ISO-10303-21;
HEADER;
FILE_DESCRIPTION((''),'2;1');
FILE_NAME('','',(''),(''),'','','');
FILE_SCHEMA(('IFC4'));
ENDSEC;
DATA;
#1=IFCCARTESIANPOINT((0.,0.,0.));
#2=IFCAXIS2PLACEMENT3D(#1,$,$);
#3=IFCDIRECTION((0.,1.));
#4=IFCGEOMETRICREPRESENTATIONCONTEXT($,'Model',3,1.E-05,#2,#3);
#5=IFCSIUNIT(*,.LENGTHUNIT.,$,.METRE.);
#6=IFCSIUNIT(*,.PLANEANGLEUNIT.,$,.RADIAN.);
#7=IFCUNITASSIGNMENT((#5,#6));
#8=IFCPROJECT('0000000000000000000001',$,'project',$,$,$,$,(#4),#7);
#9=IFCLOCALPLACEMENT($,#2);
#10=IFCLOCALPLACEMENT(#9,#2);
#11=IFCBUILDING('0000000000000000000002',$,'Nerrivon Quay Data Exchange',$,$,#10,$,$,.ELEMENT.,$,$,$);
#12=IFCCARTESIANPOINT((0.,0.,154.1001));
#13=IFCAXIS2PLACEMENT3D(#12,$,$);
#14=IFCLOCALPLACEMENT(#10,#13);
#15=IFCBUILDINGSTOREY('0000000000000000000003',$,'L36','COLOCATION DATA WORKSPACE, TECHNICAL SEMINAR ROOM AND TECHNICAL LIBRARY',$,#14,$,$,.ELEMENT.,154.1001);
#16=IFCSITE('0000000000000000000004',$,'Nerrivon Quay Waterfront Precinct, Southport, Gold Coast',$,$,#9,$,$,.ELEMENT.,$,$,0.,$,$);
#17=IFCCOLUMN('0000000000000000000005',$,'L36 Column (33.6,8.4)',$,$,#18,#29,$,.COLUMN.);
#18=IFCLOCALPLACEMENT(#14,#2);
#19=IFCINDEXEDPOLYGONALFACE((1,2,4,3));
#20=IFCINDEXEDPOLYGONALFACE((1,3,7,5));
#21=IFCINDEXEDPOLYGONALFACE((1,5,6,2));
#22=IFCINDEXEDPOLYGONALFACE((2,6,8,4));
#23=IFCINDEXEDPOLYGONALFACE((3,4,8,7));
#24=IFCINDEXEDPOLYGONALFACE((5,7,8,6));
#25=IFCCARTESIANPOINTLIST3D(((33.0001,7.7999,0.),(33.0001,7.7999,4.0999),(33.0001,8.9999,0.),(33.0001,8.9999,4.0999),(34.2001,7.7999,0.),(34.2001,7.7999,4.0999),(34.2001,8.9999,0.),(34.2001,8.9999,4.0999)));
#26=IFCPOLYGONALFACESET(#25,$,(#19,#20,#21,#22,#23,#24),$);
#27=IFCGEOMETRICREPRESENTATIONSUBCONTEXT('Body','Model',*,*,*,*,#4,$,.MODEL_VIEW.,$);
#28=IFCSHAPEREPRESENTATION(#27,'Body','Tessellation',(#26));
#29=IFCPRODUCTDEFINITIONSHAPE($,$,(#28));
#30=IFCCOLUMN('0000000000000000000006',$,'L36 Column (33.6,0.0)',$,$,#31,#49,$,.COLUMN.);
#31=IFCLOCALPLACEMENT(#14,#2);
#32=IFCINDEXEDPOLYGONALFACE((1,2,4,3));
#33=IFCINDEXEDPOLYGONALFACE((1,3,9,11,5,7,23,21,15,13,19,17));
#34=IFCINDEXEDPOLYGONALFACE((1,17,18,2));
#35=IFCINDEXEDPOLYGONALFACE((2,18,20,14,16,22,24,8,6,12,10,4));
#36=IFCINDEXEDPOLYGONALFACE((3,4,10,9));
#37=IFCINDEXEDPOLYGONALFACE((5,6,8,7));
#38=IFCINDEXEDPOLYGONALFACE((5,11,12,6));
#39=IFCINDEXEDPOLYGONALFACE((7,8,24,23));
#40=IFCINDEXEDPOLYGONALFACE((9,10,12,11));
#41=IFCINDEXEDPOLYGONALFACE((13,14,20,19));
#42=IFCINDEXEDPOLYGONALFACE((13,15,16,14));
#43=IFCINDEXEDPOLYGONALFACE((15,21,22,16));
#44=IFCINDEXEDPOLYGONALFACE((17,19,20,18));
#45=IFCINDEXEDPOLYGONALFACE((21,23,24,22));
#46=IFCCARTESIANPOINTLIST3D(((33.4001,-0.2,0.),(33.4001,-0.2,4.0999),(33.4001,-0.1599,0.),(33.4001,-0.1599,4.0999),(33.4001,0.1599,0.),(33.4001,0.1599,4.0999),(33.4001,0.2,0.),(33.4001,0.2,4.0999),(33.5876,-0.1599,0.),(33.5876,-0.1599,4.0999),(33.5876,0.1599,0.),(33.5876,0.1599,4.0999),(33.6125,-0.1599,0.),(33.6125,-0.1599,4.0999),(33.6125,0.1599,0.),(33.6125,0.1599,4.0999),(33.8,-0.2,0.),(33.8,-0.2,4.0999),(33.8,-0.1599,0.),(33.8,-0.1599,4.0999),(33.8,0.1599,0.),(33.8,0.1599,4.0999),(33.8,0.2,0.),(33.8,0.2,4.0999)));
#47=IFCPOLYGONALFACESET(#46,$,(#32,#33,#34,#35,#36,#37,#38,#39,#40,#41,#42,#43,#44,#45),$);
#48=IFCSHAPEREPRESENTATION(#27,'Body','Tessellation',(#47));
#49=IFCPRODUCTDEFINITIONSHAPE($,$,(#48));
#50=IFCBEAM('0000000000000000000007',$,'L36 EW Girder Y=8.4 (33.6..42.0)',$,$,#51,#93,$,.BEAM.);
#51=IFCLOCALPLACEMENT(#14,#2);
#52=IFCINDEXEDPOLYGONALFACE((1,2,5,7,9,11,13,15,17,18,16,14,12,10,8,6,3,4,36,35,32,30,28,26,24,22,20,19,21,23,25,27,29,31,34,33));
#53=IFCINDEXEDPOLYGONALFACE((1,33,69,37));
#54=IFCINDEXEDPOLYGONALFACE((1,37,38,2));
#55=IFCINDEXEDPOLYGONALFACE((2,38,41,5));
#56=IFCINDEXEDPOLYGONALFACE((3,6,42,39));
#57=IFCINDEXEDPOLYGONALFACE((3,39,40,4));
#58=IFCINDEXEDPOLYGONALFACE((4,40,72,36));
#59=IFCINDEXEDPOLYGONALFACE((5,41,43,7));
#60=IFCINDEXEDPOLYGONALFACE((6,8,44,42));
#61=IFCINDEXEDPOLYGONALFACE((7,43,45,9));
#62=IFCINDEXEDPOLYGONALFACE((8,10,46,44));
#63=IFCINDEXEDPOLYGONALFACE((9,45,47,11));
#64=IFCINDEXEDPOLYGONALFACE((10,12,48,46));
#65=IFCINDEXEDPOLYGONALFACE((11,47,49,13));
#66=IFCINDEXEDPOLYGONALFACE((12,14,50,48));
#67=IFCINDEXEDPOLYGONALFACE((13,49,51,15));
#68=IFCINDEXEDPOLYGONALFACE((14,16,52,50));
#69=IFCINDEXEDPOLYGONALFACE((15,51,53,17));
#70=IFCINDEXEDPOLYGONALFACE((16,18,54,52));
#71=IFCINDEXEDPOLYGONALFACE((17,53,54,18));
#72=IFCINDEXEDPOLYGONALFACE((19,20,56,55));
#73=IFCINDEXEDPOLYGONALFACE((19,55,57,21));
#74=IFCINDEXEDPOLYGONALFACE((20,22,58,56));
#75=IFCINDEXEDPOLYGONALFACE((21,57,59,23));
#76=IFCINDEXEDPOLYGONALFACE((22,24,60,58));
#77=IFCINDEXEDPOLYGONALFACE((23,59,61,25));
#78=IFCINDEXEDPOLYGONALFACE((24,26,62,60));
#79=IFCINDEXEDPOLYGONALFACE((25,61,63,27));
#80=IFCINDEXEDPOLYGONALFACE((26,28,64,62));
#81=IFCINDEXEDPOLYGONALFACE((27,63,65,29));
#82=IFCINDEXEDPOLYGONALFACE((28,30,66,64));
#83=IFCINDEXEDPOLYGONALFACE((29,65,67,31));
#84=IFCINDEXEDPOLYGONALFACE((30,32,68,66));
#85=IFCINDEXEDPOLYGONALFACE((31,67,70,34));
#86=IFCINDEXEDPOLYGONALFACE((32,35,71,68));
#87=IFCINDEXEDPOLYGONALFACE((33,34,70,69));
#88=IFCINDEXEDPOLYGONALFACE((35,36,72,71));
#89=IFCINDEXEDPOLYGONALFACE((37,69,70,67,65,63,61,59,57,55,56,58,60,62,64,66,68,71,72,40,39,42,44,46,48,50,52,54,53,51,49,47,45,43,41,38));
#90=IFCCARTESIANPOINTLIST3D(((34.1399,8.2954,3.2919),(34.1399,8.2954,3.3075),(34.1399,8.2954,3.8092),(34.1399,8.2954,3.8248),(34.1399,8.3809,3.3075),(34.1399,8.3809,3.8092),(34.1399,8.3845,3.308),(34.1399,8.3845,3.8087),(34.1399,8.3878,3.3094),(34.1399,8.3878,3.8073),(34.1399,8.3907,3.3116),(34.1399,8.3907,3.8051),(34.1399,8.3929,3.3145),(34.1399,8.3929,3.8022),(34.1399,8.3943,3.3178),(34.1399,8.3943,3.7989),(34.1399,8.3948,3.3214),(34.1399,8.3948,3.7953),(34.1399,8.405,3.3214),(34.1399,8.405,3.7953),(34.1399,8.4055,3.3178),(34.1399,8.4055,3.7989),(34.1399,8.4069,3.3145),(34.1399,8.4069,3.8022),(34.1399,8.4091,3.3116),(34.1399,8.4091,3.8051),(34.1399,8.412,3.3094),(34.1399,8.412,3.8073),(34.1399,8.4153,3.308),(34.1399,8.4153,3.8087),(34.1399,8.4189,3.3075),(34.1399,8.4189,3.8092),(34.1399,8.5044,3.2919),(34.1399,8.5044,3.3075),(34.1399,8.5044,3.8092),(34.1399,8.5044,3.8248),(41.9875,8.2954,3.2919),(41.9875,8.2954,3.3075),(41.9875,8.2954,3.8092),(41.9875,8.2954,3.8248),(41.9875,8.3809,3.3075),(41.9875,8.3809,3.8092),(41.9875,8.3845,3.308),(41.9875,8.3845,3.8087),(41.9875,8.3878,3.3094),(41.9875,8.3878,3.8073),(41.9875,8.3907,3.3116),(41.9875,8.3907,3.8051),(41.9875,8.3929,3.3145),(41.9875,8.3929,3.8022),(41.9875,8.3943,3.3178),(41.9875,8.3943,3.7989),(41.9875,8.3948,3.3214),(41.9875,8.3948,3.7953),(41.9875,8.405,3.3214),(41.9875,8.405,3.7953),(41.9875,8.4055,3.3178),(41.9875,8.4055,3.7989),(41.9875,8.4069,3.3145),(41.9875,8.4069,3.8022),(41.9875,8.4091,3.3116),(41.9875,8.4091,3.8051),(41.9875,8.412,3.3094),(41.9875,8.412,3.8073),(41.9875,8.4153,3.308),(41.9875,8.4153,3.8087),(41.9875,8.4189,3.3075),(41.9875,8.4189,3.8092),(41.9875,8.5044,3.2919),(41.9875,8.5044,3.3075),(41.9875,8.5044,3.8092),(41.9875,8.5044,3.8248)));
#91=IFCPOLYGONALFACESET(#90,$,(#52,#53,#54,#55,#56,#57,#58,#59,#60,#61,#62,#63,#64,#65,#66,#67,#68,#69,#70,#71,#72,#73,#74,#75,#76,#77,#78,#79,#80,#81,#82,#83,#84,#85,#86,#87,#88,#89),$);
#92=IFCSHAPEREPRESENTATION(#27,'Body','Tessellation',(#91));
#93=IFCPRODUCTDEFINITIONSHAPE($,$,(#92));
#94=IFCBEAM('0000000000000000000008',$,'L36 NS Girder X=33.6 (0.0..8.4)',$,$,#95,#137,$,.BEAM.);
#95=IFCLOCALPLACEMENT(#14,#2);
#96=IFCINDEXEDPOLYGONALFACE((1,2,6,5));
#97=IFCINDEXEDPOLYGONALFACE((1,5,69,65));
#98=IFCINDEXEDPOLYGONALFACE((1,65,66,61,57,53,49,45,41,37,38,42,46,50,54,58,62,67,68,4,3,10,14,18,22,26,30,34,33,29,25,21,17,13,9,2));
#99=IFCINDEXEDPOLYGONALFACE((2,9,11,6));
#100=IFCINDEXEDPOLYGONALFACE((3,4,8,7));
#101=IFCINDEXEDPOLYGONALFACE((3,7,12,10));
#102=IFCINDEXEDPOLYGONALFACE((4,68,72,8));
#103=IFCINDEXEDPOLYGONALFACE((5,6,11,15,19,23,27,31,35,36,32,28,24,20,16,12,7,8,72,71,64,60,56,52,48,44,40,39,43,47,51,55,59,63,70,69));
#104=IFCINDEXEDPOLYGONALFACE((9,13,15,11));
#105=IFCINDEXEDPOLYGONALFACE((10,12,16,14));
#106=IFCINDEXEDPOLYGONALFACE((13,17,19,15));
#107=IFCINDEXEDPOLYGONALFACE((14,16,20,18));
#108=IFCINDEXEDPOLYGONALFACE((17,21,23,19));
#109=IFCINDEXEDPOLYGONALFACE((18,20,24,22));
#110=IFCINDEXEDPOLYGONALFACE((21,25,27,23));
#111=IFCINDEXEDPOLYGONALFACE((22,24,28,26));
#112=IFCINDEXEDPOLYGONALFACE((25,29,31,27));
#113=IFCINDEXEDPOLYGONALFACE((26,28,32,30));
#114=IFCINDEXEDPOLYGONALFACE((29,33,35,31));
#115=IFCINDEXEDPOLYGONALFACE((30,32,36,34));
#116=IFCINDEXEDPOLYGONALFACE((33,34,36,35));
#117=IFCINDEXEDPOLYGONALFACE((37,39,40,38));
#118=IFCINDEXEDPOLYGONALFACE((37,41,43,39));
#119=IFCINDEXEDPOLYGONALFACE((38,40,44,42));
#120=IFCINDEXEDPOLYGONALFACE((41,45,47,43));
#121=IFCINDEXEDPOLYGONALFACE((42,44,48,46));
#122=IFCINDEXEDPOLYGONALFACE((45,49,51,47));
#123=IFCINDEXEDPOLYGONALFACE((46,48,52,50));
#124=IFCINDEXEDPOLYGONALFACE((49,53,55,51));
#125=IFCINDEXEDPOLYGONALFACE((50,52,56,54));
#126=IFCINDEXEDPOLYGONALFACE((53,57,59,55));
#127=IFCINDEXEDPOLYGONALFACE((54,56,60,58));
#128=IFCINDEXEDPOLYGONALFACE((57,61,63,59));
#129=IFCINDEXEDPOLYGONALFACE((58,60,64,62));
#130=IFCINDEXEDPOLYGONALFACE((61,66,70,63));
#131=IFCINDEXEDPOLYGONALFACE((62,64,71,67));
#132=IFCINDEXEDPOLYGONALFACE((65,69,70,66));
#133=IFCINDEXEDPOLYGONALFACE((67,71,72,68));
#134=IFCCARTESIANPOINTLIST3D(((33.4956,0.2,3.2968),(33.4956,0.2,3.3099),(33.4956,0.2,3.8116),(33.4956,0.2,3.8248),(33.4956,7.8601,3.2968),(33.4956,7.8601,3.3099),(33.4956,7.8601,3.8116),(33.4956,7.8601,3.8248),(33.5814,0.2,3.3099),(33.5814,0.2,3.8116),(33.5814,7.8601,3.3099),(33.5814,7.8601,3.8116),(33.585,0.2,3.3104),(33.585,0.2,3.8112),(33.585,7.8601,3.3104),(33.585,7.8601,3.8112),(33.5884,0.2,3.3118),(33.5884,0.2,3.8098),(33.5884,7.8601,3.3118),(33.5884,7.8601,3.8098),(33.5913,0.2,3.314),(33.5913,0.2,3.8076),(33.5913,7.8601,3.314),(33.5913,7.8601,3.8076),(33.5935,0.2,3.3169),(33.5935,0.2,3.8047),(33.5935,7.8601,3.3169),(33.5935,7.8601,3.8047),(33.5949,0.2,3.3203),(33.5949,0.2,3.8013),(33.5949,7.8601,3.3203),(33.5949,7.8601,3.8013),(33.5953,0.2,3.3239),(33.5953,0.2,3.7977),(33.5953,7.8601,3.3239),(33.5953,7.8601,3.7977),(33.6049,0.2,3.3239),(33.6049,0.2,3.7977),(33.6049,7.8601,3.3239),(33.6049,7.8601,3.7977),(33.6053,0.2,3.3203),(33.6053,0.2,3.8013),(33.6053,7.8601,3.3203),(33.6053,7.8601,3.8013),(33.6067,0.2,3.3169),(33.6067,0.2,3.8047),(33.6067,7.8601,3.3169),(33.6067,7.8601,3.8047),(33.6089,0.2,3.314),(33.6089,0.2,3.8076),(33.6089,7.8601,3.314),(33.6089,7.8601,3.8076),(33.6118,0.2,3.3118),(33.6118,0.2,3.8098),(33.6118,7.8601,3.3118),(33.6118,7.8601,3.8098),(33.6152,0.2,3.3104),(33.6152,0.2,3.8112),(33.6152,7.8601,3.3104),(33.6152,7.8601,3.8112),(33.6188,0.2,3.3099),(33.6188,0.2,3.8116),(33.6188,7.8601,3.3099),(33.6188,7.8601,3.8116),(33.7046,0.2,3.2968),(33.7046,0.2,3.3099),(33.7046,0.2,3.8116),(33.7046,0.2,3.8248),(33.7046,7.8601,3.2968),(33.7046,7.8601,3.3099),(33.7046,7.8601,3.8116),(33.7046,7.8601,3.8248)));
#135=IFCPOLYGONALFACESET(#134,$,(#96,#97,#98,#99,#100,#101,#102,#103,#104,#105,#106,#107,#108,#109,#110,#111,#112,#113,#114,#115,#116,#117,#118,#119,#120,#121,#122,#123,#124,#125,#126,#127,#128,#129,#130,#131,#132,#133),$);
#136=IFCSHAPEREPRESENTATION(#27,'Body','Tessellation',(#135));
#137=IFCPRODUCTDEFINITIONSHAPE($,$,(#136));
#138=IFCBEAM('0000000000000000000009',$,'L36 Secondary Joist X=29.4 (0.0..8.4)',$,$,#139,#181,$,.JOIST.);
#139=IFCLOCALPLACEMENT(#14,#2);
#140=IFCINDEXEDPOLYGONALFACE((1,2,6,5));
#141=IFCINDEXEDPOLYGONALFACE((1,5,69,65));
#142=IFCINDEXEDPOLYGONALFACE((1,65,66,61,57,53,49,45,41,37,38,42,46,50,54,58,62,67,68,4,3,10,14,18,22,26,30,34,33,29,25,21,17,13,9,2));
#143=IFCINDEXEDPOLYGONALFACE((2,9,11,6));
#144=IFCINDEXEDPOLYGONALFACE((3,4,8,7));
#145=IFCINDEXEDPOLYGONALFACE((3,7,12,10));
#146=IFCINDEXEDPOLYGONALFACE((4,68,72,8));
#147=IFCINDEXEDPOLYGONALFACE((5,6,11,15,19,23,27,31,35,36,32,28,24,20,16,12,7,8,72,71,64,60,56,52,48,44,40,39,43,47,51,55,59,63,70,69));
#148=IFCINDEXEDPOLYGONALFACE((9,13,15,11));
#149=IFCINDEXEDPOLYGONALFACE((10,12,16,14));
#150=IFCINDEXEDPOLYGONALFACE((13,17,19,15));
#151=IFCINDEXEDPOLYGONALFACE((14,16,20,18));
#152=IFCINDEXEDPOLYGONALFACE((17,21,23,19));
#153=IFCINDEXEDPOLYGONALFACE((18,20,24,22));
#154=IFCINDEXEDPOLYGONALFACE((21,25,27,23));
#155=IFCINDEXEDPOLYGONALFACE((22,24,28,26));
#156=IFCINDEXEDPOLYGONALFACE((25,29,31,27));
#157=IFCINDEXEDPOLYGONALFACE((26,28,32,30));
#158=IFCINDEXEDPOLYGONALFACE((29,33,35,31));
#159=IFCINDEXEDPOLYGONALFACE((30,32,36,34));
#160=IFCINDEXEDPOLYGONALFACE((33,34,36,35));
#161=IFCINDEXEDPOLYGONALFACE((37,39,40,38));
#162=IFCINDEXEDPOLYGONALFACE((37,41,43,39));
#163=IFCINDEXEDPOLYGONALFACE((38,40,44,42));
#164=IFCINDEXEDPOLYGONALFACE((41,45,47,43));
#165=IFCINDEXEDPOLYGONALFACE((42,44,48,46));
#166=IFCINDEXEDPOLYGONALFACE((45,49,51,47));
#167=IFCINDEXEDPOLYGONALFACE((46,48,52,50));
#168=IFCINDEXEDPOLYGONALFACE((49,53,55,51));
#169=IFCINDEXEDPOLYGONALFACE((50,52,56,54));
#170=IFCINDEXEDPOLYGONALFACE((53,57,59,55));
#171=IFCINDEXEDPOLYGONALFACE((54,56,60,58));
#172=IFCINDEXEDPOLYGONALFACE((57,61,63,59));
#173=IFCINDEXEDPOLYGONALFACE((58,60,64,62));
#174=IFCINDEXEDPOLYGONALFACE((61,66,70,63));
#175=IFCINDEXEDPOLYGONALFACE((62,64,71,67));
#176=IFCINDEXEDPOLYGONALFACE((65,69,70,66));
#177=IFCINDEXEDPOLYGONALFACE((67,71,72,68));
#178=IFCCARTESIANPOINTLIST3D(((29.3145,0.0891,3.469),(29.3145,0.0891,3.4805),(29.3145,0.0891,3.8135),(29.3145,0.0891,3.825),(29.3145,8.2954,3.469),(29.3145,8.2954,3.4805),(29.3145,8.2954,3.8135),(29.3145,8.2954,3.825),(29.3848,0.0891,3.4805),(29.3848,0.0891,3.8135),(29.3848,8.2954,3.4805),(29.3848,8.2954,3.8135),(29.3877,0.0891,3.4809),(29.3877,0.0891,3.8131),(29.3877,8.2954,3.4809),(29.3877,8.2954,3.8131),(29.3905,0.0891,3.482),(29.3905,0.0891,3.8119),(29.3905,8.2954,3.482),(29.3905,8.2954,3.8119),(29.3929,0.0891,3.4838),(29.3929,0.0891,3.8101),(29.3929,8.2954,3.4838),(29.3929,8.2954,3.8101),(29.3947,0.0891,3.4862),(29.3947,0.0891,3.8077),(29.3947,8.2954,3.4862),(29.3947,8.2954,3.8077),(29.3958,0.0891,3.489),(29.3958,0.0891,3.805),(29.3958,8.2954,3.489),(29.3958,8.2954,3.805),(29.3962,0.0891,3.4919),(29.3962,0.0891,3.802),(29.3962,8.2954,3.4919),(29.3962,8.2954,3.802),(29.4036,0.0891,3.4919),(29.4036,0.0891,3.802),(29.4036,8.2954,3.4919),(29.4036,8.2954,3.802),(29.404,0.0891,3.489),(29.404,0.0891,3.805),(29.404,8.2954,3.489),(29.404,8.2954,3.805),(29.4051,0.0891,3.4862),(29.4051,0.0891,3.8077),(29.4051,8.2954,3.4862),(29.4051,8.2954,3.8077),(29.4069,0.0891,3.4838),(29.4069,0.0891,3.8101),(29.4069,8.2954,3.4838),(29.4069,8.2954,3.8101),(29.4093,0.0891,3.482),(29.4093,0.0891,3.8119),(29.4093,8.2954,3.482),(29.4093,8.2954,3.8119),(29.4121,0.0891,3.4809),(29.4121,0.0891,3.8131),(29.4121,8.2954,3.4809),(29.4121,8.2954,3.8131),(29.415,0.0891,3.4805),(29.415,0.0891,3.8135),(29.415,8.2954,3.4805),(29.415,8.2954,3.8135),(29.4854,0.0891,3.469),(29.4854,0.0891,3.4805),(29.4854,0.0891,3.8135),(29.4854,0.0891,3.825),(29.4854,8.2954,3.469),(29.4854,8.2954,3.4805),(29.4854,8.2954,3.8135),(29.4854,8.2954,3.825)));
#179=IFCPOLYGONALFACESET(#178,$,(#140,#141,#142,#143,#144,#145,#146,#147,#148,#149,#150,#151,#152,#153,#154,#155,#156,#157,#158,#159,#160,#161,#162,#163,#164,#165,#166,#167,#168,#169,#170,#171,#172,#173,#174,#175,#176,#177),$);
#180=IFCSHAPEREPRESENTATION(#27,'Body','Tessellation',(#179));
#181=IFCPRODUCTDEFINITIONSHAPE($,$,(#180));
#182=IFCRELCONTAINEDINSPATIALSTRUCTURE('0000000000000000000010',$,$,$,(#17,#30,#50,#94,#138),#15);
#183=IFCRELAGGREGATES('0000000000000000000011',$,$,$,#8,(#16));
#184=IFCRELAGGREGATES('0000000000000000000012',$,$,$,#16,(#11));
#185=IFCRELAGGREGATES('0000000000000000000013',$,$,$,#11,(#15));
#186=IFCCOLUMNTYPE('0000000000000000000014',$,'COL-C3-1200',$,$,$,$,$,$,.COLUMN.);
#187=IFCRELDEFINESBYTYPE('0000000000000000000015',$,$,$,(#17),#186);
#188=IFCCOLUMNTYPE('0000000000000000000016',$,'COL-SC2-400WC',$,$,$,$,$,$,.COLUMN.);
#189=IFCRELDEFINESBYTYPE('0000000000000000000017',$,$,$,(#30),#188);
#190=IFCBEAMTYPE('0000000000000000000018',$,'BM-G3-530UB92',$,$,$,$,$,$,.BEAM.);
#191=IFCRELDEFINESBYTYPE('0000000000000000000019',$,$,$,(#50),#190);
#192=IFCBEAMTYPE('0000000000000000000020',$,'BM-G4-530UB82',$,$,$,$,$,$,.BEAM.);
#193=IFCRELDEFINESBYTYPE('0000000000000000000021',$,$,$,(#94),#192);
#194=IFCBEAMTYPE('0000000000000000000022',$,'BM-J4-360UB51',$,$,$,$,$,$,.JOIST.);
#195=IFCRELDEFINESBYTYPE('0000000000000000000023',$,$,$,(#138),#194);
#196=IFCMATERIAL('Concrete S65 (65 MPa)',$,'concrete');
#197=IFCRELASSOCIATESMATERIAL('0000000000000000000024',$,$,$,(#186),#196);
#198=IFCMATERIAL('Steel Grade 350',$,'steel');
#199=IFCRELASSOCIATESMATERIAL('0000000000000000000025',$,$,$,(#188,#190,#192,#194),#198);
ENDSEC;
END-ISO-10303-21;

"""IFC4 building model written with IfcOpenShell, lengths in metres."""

from ifc_helpers import new_model, si_unit, direction, frame, origin, origin_2d, place, context, subcontext, project, spatial, rectangle, i_section, extrude, material, material_profile, profile_set, type_object, element, save


model = new_model("IFC4")

# Units and contexts
model_context = context("Model", 3, precision=1e-05, world=origin(), true_north=direction((0.0, 1.0)))
body_context = subcontext(model_context, "Body", "Model", "MODEL_VIEW")
ifc_project = project(units=[si_unit("LENGTHUNIT", "METRE"), si_unit("PLANEANGLEUNIT", "RADIAN")], contexts=[model_context])

# Site, building, storey
site_placement = place(None, origin())
site = spatial("IfcSite", under=ifc_project, at=site_placement, Name="Nerrivon Quay Waterfront Precinct, Southport, Gold Coast", CompositionType="ELEMENT", RefElevation=0.0)
building_placement = place(site_placement, origin())
building = spatial("IfcBuilding", under=site, at=building_placement, Name="Nerrivon Quay Data Exchange", CompositionType="ELEMENT")
storey_placement = place(building_placement, frame((0.0, 0.0, 154.1001)))
storey = spatial("IfcBuildingStorey", under=building, at=storey_placement, Name="L36", Description="COLOCATION DATA WORKSPACE, TECHNICAL SEMINAR ROOM AND TECHNICAL LIBRARY", CompositionType="ELEMENT", Elevation=154.1001)

# Columns
ifc_material_1 = material(Name="Concrete S65 (65 MPa)", Category="concrete")
ifc_material_profile_1 = material_profile(ifc_material_1, rectangle(XDim=1.2, YDim=1.2, at=origin_2d()), Name="RC-COL-1200x1200")
ifc_profile_set_1 = profile_set([ifc_material_profile_1], Name="Concrete S65 (65 MPa)")
column_type_1 = type_object("IfcColumnType", Name="COL-C3-1200", PredefinedType="COLUMN", material=ifc_profile_set_1)
column_1_placement = place(storey_placement, frame((33.6001, 8.3999, 0.0), z_axis=(0.0, 0.0, 1.0), x_axis=(1.0, 0.0, 0.0)))
element("IfcColumn", 1, at=column_1_placement, inside=storey, type_object=column_type_1, Name="L36 Column (33.6,8.4)", PredefinedType="COLUMN", context=body_context, shape_type="SweptSolid", body=[
    extrude(rectangle(XDim=1.2, YDim=1.2, at=origin_2d()), origin(), (0.0, 0.0, 1.0), 4.0999),
])
ifc_material_2 = material(Name="Steel Grade 350", Category="steel")
ifc_material_profile_2 = material_profile(ifc_material_2, i_section(OverallWidth=0.3999, OverallDepth=0.3999, WebThickness=0.0249, FlangeThickness=0.04, at=origin_2d()), Name="400WC328")
ifc_profile_set_2 = profile_set([ifc_material_profile_2], Name="Steel Grade 350")
column_type_2 = type_object("IfcColumnType", Name="COL-SC2-400WC", PredefinedType="COLUMN", material=ifc_profile_set_2)
column_2_placement = place(storey_placement, frame((33.6001, 0.0, 0.0), z_axis=(0.0, 0.0, 1.0), x_axis=(1.0, 0.0, 0.0)))
element("IfcColumn", 2, at=column_2_placement, inside=storey, type_object=column_type_2, Name="L36 Column (33.6,0.0)", PredefinedType="COLUMN", context=body_context, shape_type="SweptSolid", body=[
    extrude(i_section(OverallWidth=0.3999, OverallDepth=0.3999, WebThickness=0.0249, FlangeThickness=0.04, at=origin_2d()), origin(), (0.0, 0.0, 1.0), 4.0999),
])

# Beams
ifc_material_profile_3 = material_profile(ifc_material_2, i_section(OverallWidth=0.209, OverallDepth=0.533, WebThickness=0.0103, FlangeThickness=0.0156, FilletRadius=0.0139, at=origin_2d()), Name="530UB92.4")
ifc_profile_set_3 = profile_set([ifc_material_profile_3], Name="Steel Grade 350")
beam_type_1 = type_object("IfcBeamType", Name="BM-G3-530UB92", PredefinedType="BEAM", material=ifc_profile_set_3)
beam_1_placement = place(storey_placement, frame((34.1399, 8.3999, 3.5583), z_axis=(1.0, 0.0, 0.0), x_axis=(0.0, 1.0, 0.0)))
element("IfcBeam", 3, at=beam_1_placement, inside=storey, type_object=beam_type_1, Name="L36 EW Girder Y=8.4 (33.6..42.0)", PredefinedType="BEAM", context=body_context, shape_type="SweptSolid", body=[
    extrude(i_section(OverallWidth=0.209, OverallDepth=0.533, WebThickness=0.0103, FlangeThickness=0.0156, FilletRadius=0.0139, at=origin_2d()), origin(), (0.0, 0.0, 1.0), 7.8477),
])
ifc_material_profile_4 = material_profile(ifc_material_2, i_section(OverallWidth=0.209, OverallDepth=0.5281, WebThickness=0.0095, FlangeThickness=0.0132, FilletRadius=0.0139, at=origin_2d()), Name="530UB82.0")
ifc_profile_set_4 = profile_set([ifc_material_profile_4], Name="Steel Grade 350")
beam_type_2 = type_object("IfcBeamType", Name="BM-G4-530UB82", PredefinedType="BEAM", material=ifc_profile_set_4)
beam_2_placement = place(storey_placement, frame((33.6001, 0.2, 3.5608), z_axis=(0.0, 1.0, 0.0), x_axis=(-1.0, 0.0, 0.0)))
element("IfcBeam", 4, at=beam_2_placement, inside=storey, type_object=beam_type_2, Name="L36 NS Girder X=33.6 (0.0..8.4)", PredefinedType="BEAM", context=body_context, shape_type="SweptSolid", body=[
    extrude(i_section(OverallWidth=0.209, OverallDepth=0.5281, WebThickness=0.0095, FlangeThickness=0.0132, FilletRadius=0.0139, at=origin_2d()), origin(), (0.0, 0.0, 1.0), 7.6602),
])
ifc_material_profile_5 = material_profile(ifc_material_2, i_section(OverallWidth=0.1709, OverallDepth=0.356, WebThickness=0.0073, FlangeThickness=0.0115, FilletRadius=0.0115, at=origin_2d()), Name="360UB50.7")
ifc_profile_set_5 = profile_set([ifc_material_profile_5], Name="Steel Grade 350")
beam_type_3 = type_object("IfcBeamType", Name="BM-J4-360UB51", PredefinedType="JOIST", material=ifc_profile_set_5)
beam_3_placement = place(storey_placement, frame((29.3999, 0.0891, 3.647), z_axis=(0.0, 1.0, 0.0), x_axis=(-1.0, 0.0, 0.0)))
element("IfcBeam", 5, at=beam_3_placement, inside=storey, type_object=beam_type_3, Name="L36 Secondary Joist X=29.4 (0.0..8.4)", PredefinedType="JOIST", context=body_context, shape_type="SweptSolid", body=[
    extrude(i_section(OverallWidth=0.1709, OverallDepth=0.356, WebThickness=0.0073, FlangeThickness=0.0115, FilletRadius=0.0115, at=origin_2d()), origin(), (0.0, 0.0, 1.0), 8.2063),
])

save(model, "model.ifc")
